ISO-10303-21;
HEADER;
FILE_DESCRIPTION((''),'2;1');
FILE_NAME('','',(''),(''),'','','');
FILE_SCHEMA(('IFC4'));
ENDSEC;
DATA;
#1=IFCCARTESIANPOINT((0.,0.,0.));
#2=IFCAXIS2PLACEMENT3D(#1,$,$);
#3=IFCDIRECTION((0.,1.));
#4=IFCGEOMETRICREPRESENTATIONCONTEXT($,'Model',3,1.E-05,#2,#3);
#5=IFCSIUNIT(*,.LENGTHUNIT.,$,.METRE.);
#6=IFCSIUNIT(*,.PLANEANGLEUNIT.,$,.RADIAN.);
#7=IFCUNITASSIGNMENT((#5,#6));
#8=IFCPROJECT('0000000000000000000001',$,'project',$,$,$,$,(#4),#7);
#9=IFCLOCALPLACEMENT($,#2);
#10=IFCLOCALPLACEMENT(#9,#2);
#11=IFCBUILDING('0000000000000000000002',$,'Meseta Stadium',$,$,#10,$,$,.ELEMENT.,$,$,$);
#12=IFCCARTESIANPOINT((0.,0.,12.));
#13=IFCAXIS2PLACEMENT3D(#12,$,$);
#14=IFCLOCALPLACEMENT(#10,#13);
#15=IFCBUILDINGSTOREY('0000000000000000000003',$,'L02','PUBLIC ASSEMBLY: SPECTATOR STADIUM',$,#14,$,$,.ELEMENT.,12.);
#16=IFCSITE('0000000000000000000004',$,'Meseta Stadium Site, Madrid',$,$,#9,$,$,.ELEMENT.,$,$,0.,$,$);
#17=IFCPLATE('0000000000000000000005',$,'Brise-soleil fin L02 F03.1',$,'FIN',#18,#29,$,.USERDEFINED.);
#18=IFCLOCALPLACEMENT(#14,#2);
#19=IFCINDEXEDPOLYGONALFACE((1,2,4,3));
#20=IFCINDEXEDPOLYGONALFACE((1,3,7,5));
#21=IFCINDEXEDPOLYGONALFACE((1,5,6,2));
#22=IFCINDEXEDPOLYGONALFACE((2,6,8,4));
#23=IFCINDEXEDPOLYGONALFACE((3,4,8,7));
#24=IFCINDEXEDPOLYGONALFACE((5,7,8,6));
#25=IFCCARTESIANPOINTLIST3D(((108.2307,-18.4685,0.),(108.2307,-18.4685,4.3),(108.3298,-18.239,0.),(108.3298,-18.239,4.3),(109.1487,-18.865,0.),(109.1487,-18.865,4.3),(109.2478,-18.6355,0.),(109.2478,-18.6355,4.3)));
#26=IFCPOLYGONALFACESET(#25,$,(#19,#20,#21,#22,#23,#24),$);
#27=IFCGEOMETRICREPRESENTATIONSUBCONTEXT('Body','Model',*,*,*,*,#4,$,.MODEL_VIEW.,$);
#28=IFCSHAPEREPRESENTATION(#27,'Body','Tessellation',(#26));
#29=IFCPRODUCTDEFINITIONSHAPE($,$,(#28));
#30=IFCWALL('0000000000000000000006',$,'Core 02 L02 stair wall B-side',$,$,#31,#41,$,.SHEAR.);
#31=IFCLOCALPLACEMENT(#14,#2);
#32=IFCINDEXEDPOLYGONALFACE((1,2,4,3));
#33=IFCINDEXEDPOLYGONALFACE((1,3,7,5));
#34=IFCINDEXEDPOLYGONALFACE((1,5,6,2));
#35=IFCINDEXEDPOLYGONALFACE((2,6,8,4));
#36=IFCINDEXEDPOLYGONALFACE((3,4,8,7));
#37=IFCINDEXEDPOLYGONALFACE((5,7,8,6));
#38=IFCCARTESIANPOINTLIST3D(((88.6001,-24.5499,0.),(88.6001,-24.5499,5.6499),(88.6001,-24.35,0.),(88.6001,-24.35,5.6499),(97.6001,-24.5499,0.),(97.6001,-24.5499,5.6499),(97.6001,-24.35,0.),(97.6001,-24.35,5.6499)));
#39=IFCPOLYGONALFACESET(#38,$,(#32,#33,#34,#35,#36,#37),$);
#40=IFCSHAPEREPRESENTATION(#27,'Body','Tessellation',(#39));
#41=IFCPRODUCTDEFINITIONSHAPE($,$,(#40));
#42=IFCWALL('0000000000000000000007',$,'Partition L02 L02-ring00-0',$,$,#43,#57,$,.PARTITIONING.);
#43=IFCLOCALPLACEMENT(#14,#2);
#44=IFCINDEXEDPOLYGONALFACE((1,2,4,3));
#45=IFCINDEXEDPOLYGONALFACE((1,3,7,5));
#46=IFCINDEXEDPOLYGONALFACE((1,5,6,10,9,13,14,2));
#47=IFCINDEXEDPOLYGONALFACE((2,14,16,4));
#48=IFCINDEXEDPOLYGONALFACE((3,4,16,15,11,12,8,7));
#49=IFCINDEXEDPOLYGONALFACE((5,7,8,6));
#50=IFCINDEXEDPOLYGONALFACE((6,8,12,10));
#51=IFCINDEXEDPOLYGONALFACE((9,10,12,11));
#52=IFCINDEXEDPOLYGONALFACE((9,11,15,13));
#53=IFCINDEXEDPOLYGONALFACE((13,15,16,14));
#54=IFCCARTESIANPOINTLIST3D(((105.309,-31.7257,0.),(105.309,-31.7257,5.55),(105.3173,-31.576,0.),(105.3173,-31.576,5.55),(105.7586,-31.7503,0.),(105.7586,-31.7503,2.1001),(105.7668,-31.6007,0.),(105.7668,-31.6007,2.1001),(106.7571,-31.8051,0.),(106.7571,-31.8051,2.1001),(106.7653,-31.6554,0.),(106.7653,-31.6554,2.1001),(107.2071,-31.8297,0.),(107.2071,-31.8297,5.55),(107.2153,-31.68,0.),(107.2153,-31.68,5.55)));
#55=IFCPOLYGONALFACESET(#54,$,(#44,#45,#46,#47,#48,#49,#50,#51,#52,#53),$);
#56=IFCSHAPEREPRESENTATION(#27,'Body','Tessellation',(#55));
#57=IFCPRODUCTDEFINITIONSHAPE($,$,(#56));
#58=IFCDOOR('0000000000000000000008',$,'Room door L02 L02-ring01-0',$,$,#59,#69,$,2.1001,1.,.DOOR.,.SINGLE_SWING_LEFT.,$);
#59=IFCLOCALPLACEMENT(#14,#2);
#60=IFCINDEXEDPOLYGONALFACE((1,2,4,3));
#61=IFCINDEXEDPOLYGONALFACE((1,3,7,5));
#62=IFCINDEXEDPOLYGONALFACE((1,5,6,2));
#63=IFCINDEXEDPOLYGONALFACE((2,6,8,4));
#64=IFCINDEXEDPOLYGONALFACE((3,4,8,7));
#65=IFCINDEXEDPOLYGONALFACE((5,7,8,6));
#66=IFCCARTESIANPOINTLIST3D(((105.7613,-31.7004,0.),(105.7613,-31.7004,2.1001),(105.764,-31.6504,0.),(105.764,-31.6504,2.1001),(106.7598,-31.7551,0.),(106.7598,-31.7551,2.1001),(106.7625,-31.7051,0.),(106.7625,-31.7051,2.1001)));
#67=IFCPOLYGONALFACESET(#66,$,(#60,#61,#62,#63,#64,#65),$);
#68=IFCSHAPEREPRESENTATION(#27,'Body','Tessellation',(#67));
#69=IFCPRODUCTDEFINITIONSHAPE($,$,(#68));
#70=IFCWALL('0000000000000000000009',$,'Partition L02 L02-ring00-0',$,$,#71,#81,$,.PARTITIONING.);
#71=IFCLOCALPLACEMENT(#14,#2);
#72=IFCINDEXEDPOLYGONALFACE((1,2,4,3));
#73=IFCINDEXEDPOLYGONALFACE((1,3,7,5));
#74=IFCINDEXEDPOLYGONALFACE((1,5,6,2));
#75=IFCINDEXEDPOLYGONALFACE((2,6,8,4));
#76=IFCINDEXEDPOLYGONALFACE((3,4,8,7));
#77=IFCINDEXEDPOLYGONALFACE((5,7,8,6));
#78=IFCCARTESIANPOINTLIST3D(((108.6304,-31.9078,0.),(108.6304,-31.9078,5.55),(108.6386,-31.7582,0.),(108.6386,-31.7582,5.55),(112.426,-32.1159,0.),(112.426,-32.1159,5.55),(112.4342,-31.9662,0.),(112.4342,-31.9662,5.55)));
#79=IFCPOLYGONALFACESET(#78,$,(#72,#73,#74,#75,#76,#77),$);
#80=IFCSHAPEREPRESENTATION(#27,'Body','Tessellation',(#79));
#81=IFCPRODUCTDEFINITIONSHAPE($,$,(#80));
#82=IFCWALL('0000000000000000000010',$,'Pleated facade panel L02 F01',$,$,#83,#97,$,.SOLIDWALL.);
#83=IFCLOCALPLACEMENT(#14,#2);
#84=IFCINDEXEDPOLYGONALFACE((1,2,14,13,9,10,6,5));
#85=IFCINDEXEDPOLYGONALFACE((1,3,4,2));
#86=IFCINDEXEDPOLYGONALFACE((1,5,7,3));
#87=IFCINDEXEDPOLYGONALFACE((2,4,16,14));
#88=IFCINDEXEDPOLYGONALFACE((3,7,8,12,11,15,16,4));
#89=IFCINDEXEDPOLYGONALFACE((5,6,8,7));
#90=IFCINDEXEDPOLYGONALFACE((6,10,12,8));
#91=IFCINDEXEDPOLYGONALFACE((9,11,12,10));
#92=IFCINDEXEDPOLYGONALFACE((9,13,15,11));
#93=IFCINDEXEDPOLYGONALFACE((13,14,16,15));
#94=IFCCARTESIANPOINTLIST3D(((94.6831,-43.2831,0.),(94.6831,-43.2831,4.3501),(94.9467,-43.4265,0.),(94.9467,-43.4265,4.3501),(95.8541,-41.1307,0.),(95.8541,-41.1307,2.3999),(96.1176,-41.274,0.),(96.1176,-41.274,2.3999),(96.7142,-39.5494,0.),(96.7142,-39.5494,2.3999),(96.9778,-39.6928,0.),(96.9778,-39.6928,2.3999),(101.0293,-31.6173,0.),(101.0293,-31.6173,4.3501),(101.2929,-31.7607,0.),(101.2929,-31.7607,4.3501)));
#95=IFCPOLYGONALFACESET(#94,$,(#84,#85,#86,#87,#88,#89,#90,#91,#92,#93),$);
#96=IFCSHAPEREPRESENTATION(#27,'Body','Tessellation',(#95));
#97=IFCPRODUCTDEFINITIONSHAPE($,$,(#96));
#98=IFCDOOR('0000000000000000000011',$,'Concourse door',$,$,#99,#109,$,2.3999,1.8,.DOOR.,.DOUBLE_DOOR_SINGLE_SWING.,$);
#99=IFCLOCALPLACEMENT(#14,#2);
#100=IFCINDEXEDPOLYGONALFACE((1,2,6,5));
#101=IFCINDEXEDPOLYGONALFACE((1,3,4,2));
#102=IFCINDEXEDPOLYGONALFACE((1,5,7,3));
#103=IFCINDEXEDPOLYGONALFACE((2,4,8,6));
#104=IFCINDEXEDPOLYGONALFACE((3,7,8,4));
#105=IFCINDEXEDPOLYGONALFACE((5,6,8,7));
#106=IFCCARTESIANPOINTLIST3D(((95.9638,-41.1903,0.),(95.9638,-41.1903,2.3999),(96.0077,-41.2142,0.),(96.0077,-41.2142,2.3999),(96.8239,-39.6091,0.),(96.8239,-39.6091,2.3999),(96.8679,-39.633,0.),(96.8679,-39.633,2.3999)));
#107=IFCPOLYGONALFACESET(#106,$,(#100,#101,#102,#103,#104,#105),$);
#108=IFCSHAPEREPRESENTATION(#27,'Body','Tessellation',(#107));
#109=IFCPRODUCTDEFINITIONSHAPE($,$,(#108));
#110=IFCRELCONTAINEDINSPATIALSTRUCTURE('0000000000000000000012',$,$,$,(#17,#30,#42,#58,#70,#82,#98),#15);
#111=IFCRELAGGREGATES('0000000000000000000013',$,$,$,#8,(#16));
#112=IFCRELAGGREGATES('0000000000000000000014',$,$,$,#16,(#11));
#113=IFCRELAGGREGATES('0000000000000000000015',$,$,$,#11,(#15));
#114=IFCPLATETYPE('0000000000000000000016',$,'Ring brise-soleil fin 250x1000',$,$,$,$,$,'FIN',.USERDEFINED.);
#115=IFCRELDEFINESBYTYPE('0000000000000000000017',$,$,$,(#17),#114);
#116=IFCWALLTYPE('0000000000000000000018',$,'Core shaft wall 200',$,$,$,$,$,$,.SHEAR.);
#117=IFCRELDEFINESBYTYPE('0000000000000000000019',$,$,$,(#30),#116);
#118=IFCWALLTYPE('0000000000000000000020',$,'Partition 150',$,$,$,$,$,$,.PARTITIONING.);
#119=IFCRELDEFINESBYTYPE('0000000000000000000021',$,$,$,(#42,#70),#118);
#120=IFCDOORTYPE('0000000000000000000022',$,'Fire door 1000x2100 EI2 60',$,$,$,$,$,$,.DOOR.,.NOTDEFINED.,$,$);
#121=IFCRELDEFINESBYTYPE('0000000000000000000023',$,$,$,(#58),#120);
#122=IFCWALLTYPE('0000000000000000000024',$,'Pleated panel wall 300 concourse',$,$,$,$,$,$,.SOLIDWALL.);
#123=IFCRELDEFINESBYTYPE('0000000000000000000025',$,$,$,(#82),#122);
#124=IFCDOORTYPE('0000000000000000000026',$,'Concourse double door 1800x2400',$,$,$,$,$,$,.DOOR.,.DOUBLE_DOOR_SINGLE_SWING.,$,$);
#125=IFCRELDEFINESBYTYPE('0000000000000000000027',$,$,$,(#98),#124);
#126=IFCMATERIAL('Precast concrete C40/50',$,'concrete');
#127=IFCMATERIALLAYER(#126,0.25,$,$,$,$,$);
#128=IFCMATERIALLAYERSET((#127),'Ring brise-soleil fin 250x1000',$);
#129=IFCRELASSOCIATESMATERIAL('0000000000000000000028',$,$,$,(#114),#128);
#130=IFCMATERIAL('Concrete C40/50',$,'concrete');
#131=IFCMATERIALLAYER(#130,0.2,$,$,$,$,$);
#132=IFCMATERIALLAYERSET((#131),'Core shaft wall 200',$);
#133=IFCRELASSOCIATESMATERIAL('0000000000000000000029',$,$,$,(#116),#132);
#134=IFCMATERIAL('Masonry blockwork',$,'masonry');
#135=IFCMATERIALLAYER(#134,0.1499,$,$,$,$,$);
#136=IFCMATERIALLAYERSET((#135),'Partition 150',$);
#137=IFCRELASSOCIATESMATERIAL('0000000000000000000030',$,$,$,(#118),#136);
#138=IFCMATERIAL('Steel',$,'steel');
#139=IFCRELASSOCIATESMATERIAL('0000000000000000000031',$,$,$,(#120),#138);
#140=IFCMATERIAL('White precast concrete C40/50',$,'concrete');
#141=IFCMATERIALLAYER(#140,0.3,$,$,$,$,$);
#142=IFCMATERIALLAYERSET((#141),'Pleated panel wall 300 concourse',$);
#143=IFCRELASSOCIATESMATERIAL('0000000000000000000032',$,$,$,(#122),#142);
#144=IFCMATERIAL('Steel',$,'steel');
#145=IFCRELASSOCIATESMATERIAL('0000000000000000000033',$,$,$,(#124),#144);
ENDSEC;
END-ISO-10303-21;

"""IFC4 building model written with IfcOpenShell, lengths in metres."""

from ifc_helpers import new_model, si_unit, direction, frame, frame_2d, origin, origin_2d, place, context, subcontext, project, spatial, rectangle, extrude, material, layer, layer_set, type_object, element, fill, save


model = new_model("IFC4")

# Units and contexts
model_context = context("Model", 3, precision=1e-05, world=origin(), true_north=direction((0.0, 1.0)))
body_context = subcontext(model_context, "Body", "Model", "MODEL_VIEW")
ifc_project = project(units=[si_unit("LENGTHUNIT", "METRE"), si_unit("PLANEANGLEUNIT", "RADIAN")], contexts=[model_context])

# Site, building, storey
site_placement = place(None, origin())
site = spatial("IfcSite", under=ifc_project, at=site_placement, Name="Meseta Stadium Site, Madrid", CompositionType="ELEMENT", RefElevation=0.0)
building_placement = place(site_placement, origin())
building = spatial("IfcBuilding", under=site, at=building_placement, Name="Meseta Stadium", CompositionType="ELEMENT")
storey_placement = place(building_placement, frame((0.0, 0.0, 12.0)))
storey = spatial("IfcBuildingStorey", under=building, at=storey_placement, Name="L02", Description="PUBLIC ASSEMBLY: SPECTATOR STADIUM", CompositionType="ELEMENT", Elevation=12.0)

# Plate
ifc_material_1 = material(Name="Precast concrete C40/50", Category="concrete")
ifc_layer_1 = layer(ifc_material_1, 0.25)
ifc_layer_set_1 = layer_set([ifc_layer_1], Name="Ring brise-soleil fin 250x1000")
plate_type_1 = type_object("IfcPlateType", Name="Ring brise-soleil fin 250x1000", ElementType="FIN", PredefinedType="USERDEFINED", material=ifc_layer_set_1)
for number, where, z_axis, x_axis, name in (
    (1, (108.7393, -18.552, 0.0), (0.0, 0.0, 1.0), (0.396576, 0.918002, 0.0), "Brise-soleil fin L02 F03.1"),
):
    element("IfcPlate", number, at=place(storey_placement, frame(where, z_axis=z_axis, x_axis=x_axis)), inside=storey, type_object=plate_type_1, Name=name, ObjectType="FIN", PredefinedType="USERDEFINED", context=body_context, shape_type="SweptSolid", body=[
        extrude(rectangle(XDim=0.25, YDim=1.0, at=origin_2d()), origin(), (0.0, 0.0, 1.0), 4.3),
    ])

# Wall
ifc_material_2 = material(Name="Concrete C40/50", Category="concrete")
ifc_layer_2 = layer(ifc_material_2, 0.2)
ifc_layer_set_2 = layer_set([ifc_layer_2], Name="Core shaft wall 200")
wall_type_1 = type_object("IfcWallType", Name="Core shaft wall 200", PredefinedType="SHEAR", material=ifc_layer_set_2)
wall_1_placement = place(storey_placement, frame((97.6001, -24.45, 0.0), z_axis=(0.0, 0.0, 1.0), x_axis=(-1.0, 0.0, 0.0)))
element("IfcWall", 2, at=wall_1_placement, inside=storey, type_object=wall_type_1, Name="Core 02 L02 stair wall B-side", PredefinedType="SHEAR", context=body_context, shape_type="SweptSolid", body=[
    extrude(rectangle(XDim=9.0, YDim=0.2, at=frame_2d((4.5, 0.0))), origin(), (0.0, 0.0, 1.0), 5.6499),
])

# Wall, opening, door
ifc_material_3 = material(Name="Masonry blockwork", Category="masonry")
ifc_layer_3 = layer(ifc_material_3, 0.1499)
ifc_layer_set_3 = layer_set([ifc_layer_3], Name="Partition 150")
wall_type_2 = type_object("IfcWallType", Name="Partition 150", PredefinedType="PARTITIONING", material=ifc_layer_set_3)
wall_2_placement = place(storey_placement, frame((107.2112, -31.7549, 0.0), z_axis=(0.0, 0.0, 1.0), x_axis=(-0.998502, 0.054716, 0.0)))
wall_2 = element("IfcWall", 3, at=wall_2_placement, inside=storey, type_object=wall_type_2, Name="Partition L02 L02-ring00-0", PredefinedType="PARTITIONING", context=body_context, shape_type="SweptSolid", body=[
    extrude(rectangle(XDim=1.9009, YDim=0.1499, at=frame_2d((0.9504, 0.0))), origin(), (0.0, 0.0, 1.0), 5.55),
])
opening_1_placement = place(wall_2_placement, frame((0.4507, 0.0, 0.0)))
opening_1 = element("IfcOpeningElement", 4, at=opening_1_placement, cuts=wall_2, PredefinedType="OPENING", context=body_context, shape_type="SweptSolid", body=[
    extrude(rectangle(XDim=1.0, YDim=2.1001, at=frame_2d((0.5, 1.05))), frame((0.0, 0.085, 0.0), z_axis=(0.0, -1.0, 0.0), x_axis=(1.0, 0.0, 0.0)), (0.0, 0.0, 1.0), 0.1699),
])
ifc_material_4 = material(Name="Steel", Category="steel")
door_type_1 = type_object("IfcDoorType", Name="Fire door 1000x2100 EI2 60", OperationType="NOTDEFINED", PredefinedType="DOOR", material=ifc_material_4)
door_1_placement = place(opening_1_placement, origin())
door_1 = element("IfcDoor", 5, at=door_1_placement, inside=storey, type_object=door_type_1, Name="Room door L02 L02-ring01-0", OperationType="SINGLE_SWING_LEFT", OverallHeight=2.1001, OverallWidth=1.0, PredefinedType="DOOR", context=body_context, shape_type="SweptSolid", body=[
    extrude(rectangle(XDim=1.0, YDim=2.1001, at=frame_2d((0.5, 1.05))), frame((0.0, 0.0249, 0.0), z_axis=(0.0, -1.0, 0.0), x_axis=(1.0, 0.0, 0.0)), (0.0, 0.0, 1.0), 0.05),
])
fill(opening_1, door_1)

# Wall
wall_3_placement = place(storey_placement, frame((108.6345, -31.833, 0.0), z_axis=(0.0, 0.0, 1.0), x_axis=(0.998502, -0.054719, 0.0)))
element("IfcWall", 6, at=wall_3_placement, inside=storey, type_object=wall_type_2, Name="Partition L02 L02-ring00-0", PredefinedType="PARTITIONING", context=body_context, shape_type="SweptSolid", body=[
    extrude(rectangle(XDim=3.8013, YDim=0.1499, at=frame_2d((1.9006, 0.0))), origin(), (0.0, 0.0, 1.0), 5.55),
])

# Wall, opening, door
ifc_material_5 = material(Name="White precast concrete C40/50", Category="concrete")
ifc_layer_4 = layer(ifc_material_5, 0.3)
ifc_layer_set_4 = layer_set([ifc_layer_4], Name="Pleated panel wall 300 concourse")
wall_type_3 = type_object("IfcWallType", Name="Pleated panel wall 300 concourse", PredefinedType="SOLIDWALL", material=ifc_layer_set_4)
wall_4_placement = place(storey_placement, frame((101.1611, -31.689, 0.0), z_axis=(0.0, 0.0, 1.0), x_axis=(-0.477868, -0.878432, 0.0)))
wall_4 = element("IfcWall", 7, at=wall_4_placement, inside=storey, type_object=wall_type_3, Name="Pleated facade panel L02 F01", PredefinedType="SOLIDWALL", context=body_context, shape_type="SweptSolid", body=[
    extrude(rectangle(XDim=13.2803, YDim=0.3, at=frame_2d((6.6401, 0.0))), origin(), (0.0, 0.0, 1.0), 4.3501),
])
opening_2_placement = place(wall_4_placement, frame((9.03, 0.0, 0.0)))
opening_2 = element("IfcOpeningElement", 8, at=opening_2_placement, cuts=wall_4, PredefinedType="OPENING", context=body_context, shape_type="SweptSolid", body=[
    extrude(rectangle(XDim=1.8, YDim=2.3999, at=frame_2d((0.8999, 1.2))), frame((0.0, 0.1599, 0.0), z_axis=(0.0, -1.0, 0.0), x_axis=(1.0, 0.0, 0.0)), (0.0, 0.0, 1.0), 0.3201),
])
ifc_material_6 = material(Name="Steel", Category="steel")
door_type_2 = type_object("IfcDoorType", Name="Concourse double door 1800x2400", OperationType="DOUBLE_DOOR_SINGLE_SWING", PredefinedType="DOOR", material=ifc_material_6)
door_2_placement = place(opening_2_placement, origin())
door_2 = element("IfcDoor", 9, at=door_2_placement, inside=storey, type_object=door_type_2, Name="Concourse door", OperationType="DOUBLE_DOOR_SINGLE_SWING", OverallHeight=2.3999, OverallWidth=1.8, PredefinedType="DOOR", context=body_context, shape_type="SweptSolid", body=[
    extrude(rectangle(XDim=1.8, YDim=2.3999, at=frame_2d((0.8999, 1.2))), frame((0.0, 0.0249, 0.0), z_axis=(0.0, -1.0, 0.0), x_axis=(1.0, 0.0, 0.0)), (0.0, 0.0, 1.0), 0.05),
])
fill(opening_2, door_2)

save(model, "model.ifc")
